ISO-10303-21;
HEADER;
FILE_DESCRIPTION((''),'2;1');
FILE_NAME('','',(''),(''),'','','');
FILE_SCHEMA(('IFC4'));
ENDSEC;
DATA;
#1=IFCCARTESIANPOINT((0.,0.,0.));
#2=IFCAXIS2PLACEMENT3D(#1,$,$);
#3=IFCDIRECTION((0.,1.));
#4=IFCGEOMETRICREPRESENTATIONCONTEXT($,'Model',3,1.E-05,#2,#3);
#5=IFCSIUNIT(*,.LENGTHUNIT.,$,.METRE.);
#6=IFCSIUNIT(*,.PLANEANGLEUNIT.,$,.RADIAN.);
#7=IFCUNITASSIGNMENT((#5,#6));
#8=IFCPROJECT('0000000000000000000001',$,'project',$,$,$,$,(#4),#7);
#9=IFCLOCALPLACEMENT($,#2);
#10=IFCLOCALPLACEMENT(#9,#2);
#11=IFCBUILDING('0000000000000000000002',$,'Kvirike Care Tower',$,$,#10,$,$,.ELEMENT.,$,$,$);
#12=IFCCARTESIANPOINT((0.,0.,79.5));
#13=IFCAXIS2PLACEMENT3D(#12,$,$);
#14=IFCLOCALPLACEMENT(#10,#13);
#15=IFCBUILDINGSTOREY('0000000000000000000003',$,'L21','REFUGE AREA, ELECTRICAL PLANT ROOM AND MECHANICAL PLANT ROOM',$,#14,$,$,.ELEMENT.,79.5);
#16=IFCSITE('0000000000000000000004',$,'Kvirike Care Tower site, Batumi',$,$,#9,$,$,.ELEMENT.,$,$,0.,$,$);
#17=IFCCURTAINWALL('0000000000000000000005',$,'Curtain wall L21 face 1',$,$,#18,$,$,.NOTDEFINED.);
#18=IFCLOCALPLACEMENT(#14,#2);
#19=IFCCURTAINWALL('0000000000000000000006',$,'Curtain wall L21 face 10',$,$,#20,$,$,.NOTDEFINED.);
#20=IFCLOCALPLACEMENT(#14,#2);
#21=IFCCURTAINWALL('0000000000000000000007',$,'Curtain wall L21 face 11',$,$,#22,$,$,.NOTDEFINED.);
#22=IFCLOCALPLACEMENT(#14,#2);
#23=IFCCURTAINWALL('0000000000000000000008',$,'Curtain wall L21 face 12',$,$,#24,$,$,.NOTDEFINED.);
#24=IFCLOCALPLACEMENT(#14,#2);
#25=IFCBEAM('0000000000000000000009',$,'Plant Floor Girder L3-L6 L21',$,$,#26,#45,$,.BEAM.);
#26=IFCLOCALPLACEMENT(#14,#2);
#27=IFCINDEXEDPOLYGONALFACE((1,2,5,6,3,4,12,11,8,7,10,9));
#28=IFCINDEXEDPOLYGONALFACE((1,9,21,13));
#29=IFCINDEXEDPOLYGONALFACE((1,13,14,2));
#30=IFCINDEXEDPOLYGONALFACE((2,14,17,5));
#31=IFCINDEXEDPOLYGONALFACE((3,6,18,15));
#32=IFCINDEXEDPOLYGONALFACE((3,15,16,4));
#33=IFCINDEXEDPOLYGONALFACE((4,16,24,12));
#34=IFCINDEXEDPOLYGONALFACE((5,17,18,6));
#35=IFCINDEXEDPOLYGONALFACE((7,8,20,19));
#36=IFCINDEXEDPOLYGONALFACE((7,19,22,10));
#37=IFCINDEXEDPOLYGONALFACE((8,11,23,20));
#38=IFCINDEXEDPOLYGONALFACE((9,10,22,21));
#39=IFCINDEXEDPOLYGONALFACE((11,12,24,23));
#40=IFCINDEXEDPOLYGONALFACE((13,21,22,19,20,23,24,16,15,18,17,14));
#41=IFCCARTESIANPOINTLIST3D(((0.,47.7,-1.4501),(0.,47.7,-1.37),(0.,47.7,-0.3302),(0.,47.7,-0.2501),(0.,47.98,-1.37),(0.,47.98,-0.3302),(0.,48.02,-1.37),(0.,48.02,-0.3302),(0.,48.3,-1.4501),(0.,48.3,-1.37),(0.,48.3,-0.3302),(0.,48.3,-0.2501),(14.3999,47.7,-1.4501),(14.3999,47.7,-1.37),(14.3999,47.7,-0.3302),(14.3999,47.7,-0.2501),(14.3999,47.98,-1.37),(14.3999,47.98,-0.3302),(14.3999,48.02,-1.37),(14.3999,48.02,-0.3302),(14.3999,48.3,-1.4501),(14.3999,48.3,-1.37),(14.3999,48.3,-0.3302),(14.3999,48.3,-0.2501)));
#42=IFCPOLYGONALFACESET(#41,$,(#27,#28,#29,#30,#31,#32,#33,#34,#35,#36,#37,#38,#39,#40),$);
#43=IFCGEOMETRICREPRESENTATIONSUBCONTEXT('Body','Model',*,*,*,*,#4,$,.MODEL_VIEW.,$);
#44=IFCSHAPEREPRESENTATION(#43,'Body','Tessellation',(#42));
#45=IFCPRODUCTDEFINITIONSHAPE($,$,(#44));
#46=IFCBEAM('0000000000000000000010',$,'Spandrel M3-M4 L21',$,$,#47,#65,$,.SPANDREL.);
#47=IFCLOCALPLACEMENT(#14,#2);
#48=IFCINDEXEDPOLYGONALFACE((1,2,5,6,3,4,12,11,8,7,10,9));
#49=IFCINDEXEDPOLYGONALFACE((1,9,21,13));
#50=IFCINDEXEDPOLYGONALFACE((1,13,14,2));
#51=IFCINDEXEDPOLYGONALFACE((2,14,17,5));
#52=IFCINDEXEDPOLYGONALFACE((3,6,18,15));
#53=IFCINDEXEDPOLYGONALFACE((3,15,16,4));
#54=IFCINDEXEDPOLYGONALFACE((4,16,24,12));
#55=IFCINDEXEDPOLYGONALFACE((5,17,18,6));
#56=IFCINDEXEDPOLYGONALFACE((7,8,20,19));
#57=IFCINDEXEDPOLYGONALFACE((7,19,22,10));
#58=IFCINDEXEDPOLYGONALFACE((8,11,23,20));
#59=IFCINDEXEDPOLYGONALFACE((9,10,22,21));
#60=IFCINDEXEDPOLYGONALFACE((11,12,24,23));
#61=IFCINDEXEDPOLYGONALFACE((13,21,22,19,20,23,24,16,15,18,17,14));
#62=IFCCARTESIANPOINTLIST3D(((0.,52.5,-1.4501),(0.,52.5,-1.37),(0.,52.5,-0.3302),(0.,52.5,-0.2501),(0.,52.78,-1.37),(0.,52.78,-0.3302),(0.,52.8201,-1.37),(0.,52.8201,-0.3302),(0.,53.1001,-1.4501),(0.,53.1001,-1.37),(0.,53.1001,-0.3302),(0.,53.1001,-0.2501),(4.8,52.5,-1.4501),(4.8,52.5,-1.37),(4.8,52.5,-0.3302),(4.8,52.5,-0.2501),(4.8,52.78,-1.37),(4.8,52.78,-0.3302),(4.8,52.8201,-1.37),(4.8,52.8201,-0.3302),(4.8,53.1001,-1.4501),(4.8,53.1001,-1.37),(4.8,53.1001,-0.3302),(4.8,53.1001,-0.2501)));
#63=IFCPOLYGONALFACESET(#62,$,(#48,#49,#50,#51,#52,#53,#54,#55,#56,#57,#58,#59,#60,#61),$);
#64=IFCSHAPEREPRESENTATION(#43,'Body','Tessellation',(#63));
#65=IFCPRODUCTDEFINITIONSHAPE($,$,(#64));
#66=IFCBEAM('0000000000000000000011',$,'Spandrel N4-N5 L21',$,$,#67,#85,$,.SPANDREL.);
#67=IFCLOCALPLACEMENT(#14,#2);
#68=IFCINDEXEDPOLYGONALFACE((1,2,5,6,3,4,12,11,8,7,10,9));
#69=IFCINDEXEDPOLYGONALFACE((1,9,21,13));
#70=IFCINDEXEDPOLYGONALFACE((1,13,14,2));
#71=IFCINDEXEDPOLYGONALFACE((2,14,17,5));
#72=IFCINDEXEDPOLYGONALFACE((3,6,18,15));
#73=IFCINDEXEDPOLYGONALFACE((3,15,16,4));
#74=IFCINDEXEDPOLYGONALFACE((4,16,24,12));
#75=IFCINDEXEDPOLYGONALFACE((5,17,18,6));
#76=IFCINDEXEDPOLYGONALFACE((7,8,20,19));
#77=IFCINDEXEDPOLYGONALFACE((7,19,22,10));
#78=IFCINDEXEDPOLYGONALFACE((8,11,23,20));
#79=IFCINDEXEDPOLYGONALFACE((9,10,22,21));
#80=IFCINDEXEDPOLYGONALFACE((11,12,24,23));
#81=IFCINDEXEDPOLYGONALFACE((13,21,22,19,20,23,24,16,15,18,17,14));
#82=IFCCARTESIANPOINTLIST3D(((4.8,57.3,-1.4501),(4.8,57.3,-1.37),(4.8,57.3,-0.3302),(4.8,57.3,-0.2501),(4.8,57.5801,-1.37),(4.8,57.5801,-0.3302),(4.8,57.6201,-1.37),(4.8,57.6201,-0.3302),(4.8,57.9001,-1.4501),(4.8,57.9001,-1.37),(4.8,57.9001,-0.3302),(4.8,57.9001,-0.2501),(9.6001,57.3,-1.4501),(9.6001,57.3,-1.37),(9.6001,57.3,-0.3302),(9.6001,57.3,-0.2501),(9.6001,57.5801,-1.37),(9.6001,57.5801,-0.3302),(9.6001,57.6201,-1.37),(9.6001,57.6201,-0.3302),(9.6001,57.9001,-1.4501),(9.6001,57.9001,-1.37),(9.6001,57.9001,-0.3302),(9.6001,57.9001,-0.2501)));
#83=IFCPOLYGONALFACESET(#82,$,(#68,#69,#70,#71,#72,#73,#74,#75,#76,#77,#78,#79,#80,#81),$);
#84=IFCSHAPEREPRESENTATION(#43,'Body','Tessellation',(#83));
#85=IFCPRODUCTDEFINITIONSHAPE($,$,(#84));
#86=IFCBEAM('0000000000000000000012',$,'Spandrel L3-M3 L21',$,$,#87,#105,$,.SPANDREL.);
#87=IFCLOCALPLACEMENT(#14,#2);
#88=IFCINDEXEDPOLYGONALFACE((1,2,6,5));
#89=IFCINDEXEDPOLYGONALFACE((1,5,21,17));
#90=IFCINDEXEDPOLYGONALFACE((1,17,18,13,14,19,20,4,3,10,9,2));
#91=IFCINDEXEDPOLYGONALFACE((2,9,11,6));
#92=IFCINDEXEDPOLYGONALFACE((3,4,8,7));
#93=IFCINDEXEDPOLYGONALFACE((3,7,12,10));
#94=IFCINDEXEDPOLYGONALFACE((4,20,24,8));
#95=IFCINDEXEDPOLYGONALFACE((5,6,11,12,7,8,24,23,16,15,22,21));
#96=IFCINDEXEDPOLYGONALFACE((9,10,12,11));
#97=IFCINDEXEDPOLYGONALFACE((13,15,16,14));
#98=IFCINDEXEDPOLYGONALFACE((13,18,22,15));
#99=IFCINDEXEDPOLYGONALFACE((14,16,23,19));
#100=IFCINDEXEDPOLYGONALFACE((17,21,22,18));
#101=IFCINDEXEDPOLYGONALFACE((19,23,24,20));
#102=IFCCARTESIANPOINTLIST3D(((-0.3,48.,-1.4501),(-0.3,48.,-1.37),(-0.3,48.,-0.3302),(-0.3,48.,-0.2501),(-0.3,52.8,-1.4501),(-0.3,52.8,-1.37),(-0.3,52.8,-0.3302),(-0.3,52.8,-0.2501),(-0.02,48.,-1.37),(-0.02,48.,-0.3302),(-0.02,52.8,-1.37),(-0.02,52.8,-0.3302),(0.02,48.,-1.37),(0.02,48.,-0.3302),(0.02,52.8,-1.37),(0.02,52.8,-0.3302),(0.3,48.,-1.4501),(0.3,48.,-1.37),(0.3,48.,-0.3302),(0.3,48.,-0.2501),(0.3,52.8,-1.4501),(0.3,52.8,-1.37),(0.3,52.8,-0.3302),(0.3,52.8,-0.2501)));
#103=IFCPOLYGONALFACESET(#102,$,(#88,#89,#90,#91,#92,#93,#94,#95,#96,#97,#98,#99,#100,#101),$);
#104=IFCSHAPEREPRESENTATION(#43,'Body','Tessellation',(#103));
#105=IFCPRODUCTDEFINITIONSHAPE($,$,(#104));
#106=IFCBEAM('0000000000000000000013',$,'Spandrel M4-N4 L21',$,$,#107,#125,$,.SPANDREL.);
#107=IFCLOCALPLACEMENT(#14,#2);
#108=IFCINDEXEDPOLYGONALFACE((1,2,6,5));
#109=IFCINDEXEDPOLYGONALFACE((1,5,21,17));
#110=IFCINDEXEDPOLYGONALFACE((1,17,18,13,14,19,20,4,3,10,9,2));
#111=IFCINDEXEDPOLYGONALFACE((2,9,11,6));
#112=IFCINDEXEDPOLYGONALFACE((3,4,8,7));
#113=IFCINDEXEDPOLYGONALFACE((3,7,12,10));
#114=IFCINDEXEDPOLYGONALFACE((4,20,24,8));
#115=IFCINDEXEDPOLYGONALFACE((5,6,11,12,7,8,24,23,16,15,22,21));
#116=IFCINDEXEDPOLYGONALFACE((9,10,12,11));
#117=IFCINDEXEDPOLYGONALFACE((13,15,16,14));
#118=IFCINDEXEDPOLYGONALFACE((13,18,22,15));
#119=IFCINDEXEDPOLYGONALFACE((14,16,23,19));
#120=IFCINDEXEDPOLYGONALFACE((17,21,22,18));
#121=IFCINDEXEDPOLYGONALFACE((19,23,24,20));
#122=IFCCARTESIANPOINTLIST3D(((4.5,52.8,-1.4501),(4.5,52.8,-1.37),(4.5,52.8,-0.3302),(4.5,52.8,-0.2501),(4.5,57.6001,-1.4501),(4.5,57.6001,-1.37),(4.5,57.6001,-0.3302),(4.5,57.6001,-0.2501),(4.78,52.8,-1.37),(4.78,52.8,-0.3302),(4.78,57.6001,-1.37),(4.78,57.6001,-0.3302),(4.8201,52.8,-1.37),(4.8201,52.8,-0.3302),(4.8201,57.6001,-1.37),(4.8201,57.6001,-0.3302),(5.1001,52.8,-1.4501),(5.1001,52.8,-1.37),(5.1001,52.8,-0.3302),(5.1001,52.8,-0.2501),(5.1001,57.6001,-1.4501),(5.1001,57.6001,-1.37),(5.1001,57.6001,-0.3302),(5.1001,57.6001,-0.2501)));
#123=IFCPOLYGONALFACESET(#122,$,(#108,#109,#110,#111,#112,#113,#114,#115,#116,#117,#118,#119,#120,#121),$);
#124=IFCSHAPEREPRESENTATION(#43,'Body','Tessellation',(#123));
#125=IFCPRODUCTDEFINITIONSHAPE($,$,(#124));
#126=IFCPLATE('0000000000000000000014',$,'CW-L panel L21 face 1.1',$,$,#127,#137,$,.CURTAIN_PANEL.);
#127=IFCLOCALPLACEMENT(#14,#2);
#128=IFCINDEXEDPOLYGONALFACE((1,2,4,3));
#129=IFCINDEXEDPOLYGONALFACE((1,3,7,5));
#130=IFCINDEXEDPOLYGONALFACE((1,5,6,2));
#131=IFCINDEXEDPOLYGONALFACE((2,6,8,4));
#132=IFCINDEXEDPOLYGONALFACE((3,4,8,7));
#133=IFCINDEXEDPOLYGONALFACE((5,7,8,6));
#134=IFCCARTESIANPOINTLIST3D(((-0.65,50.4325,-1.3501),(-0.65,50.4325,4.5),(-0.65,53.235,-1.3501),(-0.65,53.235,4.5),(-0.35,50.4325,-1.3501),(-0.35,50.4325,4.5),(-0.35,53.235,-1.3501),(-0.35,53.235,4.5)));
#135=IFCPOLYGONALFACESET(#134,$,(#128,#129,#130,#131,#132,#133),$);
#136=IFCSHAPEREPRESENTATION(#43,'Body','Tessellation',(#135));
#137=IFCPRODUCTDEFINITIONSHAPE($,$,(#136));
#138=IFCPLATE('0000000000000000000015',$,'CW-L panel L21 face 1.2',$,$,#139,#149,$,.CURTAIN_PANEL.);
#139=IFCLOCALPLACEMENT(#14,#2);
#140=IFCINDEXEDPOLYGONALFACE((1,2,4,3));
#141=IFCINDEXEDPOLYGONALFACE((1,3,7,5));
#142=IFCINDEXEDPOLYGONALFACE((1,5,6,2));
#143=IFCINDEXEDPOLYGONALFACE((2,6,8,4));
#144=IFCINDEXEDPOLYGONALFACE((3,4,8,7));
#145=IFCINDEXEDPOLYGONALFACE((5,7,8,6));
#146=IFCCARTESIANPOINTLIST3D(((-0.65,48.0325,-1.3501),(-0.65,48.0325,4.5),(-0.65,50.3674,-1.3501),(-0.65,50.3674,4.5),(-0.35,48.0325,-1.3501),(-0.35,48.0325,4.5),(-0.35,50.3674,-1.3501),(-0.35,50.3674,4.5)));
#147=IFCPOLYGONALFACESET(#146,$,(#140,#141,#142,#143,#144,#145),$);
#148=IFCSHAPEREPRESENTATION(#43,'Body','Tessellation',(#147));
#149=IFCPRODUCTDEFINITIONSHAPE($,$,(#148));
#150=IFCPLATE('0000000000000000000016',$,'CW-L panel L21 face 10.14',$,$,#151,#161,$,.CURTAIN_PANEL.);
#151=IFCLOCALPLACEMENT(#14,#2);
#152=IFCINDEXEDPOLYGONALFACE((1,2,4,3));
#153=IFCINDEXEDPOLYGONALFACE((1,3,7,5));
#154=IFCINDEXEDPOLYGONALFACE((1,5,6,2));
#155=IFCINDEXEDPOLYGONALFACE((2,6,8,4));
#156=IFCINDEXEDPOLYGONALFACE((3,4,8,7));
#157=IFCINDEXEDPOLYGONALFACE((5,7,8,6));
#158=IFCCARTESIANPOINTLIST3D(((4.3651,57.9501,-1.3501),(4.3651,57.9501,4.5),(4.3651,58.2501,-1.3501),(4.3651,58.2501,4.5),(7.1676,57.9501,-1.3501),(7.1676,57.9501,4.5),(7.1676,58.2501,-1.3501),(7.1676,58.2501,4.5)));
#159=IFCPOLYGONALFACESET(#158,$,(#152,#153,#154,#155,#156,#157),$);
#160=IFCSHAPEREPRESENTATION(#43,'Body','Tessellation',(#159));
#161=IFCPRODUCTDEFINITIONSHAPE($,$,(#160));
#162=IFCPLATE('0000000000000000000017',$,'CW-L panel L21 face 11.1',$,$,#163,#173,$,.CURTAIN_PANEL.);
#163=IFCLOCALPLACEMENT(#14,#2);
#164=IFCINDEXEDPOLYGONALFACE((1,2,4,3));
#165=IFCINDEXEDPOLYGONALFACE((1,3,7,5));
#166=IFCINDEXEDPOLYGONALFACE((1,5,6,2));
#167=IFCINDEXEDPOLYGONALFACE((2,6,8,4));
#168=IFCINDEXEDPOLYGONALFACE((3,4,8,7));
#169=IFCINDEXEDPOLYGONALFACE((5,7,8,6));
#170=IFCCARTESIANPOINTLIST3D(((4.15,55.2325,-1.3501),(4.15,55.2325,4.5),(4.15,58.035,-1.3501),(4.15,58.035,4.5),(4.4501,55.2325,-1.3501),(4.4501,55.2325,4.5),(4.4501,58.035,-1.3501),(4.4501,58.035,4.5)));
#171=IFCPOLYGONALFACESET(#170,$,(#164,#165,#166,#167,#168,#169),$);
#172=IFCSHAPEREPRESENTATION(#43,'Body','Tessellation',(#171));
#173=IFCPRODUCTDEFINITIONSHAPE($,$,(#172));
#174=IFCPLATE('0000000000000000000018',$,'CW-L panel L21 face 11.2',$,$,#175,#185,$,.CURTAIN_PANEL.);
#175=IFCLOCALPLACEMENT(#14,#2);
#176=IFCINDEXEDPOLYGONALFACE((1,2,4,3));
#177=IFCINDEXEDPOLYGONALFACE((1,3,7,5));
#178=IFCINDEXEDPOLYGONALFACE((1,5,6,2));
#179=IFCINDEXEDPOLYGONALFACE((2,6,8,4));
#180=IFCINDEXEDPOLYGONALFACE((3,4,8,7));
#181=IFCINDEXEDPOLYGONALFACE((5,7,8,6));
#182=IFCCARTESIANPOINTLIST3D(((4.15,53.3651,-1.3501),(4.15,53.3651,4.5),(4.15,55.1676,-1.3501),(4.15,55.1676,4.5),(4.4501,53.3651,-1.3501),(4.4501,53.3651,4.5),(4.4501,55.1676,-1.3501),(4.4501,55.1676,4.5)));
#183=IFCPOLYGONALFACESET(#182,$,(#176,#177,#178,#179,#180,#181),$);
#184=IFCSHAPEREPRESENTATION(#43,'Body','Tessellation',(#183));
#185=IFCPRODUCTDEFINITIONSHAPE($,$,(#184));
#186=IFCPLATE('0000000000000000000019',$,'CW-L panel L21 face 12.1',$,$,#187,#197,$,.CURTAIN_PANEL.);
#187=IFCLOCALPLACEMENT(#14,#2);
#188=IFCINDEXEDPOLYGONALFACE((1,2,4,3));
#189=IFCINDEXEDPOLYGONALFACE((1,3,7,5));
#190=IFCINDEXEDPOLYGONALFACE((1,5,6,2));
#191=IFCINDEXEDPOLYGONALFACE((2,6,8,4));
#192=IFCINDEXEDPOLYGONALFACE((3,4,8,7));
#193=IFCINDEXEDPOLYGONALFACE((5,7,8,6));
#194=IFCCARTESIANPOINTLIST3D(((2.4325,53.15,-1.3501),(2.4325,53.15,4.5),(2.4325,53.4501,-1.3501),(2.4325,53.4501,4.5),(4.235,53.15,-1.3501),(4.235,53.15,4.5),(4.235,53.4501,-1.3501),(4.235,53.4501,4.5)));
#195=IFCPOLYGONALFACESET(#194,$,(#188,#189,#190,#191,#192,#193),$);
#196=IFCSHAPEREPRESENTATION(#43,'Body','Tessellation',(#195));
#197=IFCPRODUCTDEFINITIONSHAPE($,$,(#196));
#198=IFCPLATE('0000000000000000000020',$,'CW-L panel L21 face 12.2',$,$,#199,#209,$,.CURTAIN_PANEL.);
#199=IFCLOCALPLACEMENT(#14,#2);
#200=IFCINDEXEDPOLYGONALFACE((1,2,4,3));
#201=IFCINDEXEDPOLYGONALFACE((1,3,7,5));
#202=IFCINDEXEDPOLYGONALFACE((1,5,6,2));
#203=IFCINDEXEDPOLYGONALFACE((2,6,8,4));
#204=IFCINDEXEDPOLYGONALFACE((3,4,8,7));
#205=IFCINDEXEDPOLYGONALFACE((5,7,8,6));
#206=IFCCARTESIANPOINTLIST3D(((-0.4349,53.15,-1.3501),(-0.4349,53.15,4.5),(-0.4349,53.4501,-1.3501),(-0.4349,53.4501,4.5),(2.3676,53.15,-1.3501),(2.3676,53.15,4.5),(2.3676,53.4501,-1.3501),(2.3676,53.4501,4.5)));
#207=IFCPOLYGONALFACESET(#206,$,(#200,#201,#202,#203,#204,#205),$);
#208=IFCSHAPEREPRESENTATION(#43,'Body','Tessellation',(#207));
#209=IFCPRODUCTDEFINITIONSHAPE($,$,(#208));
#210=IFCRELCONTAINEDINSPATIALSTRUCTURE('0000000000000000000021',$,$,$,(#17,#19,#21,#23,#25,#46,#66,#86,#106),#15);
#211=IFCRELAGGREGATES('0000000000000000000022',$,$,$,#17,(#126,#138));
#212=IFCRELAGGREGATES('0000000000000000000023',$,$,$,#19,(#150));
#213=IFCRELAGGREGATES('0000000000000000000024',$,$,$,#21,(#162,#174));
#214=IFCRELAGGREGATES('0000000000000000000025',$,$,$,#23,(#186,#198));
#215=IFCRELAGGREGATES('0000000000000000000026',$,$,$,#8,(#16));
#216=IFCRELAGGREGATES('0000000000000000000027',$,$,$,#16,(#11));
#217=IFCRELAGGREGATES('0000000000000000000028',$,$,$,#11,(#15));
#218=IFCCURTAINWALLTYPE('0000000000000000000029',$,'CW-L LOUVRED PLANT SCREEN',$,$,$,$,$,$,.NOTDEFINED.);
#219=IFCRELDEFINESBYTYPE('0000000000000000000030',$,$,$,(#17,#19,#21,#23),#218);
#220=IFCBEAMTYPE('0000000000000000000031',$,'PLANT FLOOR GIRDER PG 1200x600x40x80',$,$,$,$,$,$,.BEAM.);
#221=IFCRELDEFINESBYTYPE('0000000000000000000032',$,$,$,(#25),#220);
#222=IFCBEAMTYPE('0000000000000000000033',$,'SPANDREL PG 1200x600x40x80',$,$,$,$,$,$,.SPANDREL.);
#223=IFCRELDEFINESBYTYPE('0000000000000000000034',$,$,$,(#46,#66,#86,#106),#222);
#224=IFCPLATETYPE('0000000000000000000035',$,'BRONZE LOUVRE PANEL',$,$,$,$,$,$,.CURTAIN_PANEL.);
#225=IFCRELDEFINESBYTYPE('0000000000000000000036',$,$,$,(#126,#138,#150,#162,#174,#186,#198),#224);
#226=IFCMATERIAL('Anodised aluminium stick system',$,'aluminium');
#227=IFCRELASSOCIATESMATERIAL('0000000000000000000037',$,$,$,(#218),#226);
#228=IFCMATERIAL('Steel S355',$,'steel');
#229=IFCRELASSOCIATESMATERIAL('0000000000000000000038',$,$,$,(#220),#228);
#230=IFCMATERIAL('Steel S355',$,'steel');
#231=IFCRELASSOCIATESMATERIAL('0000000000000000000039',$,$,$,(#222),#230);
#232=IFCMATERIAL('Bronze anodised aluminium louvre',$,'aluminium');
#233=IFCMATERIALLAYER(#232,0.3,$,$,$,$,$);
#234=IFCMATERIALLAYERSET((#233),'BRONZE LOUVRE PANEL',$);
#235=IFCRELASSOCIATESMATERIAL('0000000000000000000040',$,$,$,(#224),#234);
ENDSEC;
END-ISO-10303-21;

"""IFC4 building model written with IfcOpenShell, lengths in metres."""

from ifc_helpers import new_model, si_unit, direction, frame, origin, origin_2d, place, context, subcontext, project, spatial, rectangle, i_section, extrude, material, layer, layer_set, material_profile, profile_set, type_object, element, aggregate, save


model = new_model("IFC4")

# Units and contexts
model_context = context("Model", 3, precision=1e-05, world=origin(), true_north=direction((0.0, 1.0)))
body_context = subcontext(model_context, "Body", "Model", "MODEL_VIEW")
ifc_project = project(units=[si_unit("LENGTHUNIT", "METRE"), si_unit("PLANEANGLEUNIT", "RADIAN")], contexts=[model_context])

# Site, building, storey
site_placement = place(None, origin())
site = spatial("IfcSite", under=ifc_project, at=site_placement, Name="Kvirike Care Tower site, Batumi", CompositionType="ELEMENT", RefElevation=0.0)
building_placement = place(site_placement, origin())
building = spatial("IfcBuilding", under=site, at=building_placement, Name="Kvirike Care Tower", CompositionType="ELEMENT")
storey_placement = place(building_placement, frame((0.0, 0.0, 79.5)))
storey = spatial("IfcBuildingStorey", under=building, at=storey_placement, Name="L21", Description="REFUGE AREA, ELECTRICAL PLANT ROOM AND MECHANICAL PLANT ROOM", CompositionType="ELEMENT", Elevation=79.5)

# Curtain wall
ifc_material_1 = material(Name="Anodised aluminium stick system", Category="aluminium")
curtain_wall_type = type_object("IfcCurtainWallType", Name="CW-L LOUVRED PLANT SCREEN", PredefinedType="NOTDEFINED", material=ifc_material_1)
curtain_wall_1_placement = place(storey_placement, origin())
curtain_wall_1 = element("IfcCurtainWall", 1, at=curtain_wall_1_placement, inside=storey, type_object=curtain_wall_type, Name="Curtain wall L21 face 1", PredefinedType="NOTDEFINED")

# Curtain wall
curtain_wall_2_placement = place(storey_placement, origin())
curtain_wall_2 = element("IfcCurtainWall", 2, at=curtain_wall_2_placement, inside=storey, type_object=curtain_wall_type, Name="Curtain wall L21 face 10", PredefinedType="NOTDEFINED")

# Curtain walls
curtain_wall_3_placement = place(storey_placement, origin())
curtain_wall_3 = element("IfcCurtainWall", 3, at=curtain_wall_3_placement, inside=storey, type_object=curtain_wall_type, Name="Curtain wall L21 face 11", PredefinedType="NOTDEFINED")
curtain_wall_4_placement = place(storey_placement, origin())
curtain_wall_4 = element("IfcCurtainWall", 4, at=curtain_wall_4_placement, inside=storey, type_object=curtain_wall_type, Name="Curtain wall L21 face 12", PredefinedType="NOTDEFINED")

# Beams
ifc_material_2 = material(Name="Steel S355", Category="steel")
ifc_material_profile_1 = material_profile(ifc_material_2, i_section(OverallWidth=0.6001, OverallDepth=1.2, WebThickness=0.04, FlangeThickness=0.0801, at=origin_2d()), Name="PG 1200x600x40x80")
ifc_profile_set_1 = profile_set([ifc_material_profile_1], Name="Steel S355")
beam_type_1 = type_object("IfcBeamType", Name="PLANT FLOOR GIRDER PG 1200x600x40x80", PredefinedType="BEAM", material=ifc_profile_set_1)
beam_1_placement = place(storey_placement, frame((0.0, 48.0, -0.8501), z_axis=(1.0, 0.0, 0.0), x_axis=(0.0, 1.0, 0.0)))
element("IfcBeam", 5, at=beam_1_placement, inside=storey, type_object=beam_type_1, Name="Plant Floor Girder L3-L6 L21", PredefinedType="BEAM", context=body_context, shape_type="SweptSolid", body=[
    extrude(i_section(OverallWidth=0.6001, OverallDepth=1.2, WebThickness=0.04, FlangeThickness=0.0801, at=origin_2d()), origin(), (0.0, 0.0, 1.0), 14.3999),
])
ifc_material_3 = material(Name="Steel S355", Category="steel")
ifc_material_profile_2 = material_profile(ifc_material_3, i_section(OverallWidth=0.6001, OverallDepth=1.2, WebThickness=0.04, FlangeThickness=0.0801, at=origin_2d()), Name="PG 1200x600x40x80")
ifc_profile_set_2 = profile_set([ifc_material_profile_2], Name="Steel S355")
beam_type_2 = type_object("IfcBeamType", Name="SPANDREL PG 1200x600x40x80", PredefinedType="SPANDREL", material=ifc_profile_set_2)
for number, where, z_axis, x_axis, name in (
    (6, (0.0, 52.8, -0.8501), (1.0, 0.0, 0.0), (0.0, 1.0, 0.0), "Spandrel M3-M4 L21"),
    (7, (4.8, 57.6001, -0.8501), (1.0, 0.0, 0.0), (0.0, 1.0, 0.0), "Spandrel N4-N5 L21"),
    (8, (0.0, 48.0, -0.8501), (0.0, 1.0, 0.0), (-1.0, 0.0, 0.0), "Spandrel L3-M3 L21"),
    (9, (4.8, 52.8, -0.8501), (0.0, 1.0, 0.0), (-1.0, 0.0, 0.0), "Spandrel M4-N4 L21"),
):
    element("IfcBeam", number, at=place(storey_placement, frame(where, z_axis=z_axis, x_axis=x_axis)), inside=storey, type_object=beam_type_2, Name=name, PredefinedType="SPANDREL", context=body_context, shape_type="SweptSolid", body=[
        extrude(i_section(OverallWidth=0.6001, OverallDepth=1.2, WebThickness=0.04, FlangeThickness=0.0801, at=origin_2d()), origin(), (0.0, 0.0, 1.0), 4.8),
    ])

# Plates
ifc_material_4 = material(Name="Bronze anodised aluminium louvre", Category="aluminium")
ifc_layer = layer(ifc_material_4, 0.3)
ifc_layer_set = layer_set([ifc_layer], Name="BRONZE LOUVRE PANEL")
plate_type = type_object("IfcPlateType", Name="BRONZE LOUVRE PANEL", PredefinedType="CURTAIN_PANEL", material=ifc_layer_set)
plate_1_placement = place(storey_placement, frame((-0.5, 51.8337, -1.3501), z_axis=(0.0, 0.0, 1.0), x_axis=(0.0, -1.0, 0.0)))
plate_1 = element("IfcPlate", 10, at=plate_1_placement, type_object=plate_type, Name="CW-L panel L21 face 1.1", PredefinedType="CURTAIN_PANEL", context=body_context, shape_type="SweptSolid", body=[
    extrude(rectangle(XDim=2.8025, YDim=0.3, at=origin_2d()), origin(), (0.0, 0.0, 1.0), 5.8501),
])
plate_2_placement = place(storey_placement, frame((-0.5, 49.2, -1.3501), z_axis=(0.0, 0.0, 1.0), x_axis=(0.0, -1.0, 0.0)))
plate_2 = element("IfcPlate", 11, at=plate_2_placement, type_object=plate_type, Name="CW-L panel L21 face 1.2", PredefinedType="CURTAIN_PANEL", context=body_context, shape_type="SweptSolid", body=[
    extrude(rectangle(XDim=2.335, YDim=0.3, at=origin_2d()), origin(), (0.0, 0.0, 1.0), 5.8501),
])
aggregate(curtain_wall_1, [plate_1, plate_2])
plate_3_placement = place(storey_placement, frame((5.7664, 58.1001, -1.3501), z_axis=(0.0, 0.0, 1.0), x_axis=(-1.0, 0.0, 0.0)))
plate_3 = element("IfcPlate", 12, at=plate_3_placement, type_object=plate_type, Name="CW-L panel L21 face 10.14", PredefinedType="CURTAIN_PANEL", context=body_context, shape_type="SweptSolid", body=[
    extrude(rectangle(XDim=2.8025, YDim=0.3, at=origin_2d()), origin(), (0.0, 0.0, 1.0), 5.8501),
])
aggregate(curtain_wall_2, [plate_3])
plate_4_placement = place(storey_placement, frame((4.3, 56.6338, -1.3501), z_axis=(0.0, 0.0, 1.0), x_axis=(0.0, -1.0, 0.0)))
plate_4 = element("IfcPlate", 13, at=plate_4_placement, type_object=plate_type, Name="CW-L panel L21 face 11.1", PredefinedType="CURTAIN_PANEL", context=body_context, shape_type="SweptSolid", body=[
    extrude(rectangle(XDim=2.8025, YDim=0.3, at=origin_2d()), origin(), (0.0, 0.0, 1.0), 5.8501),
])
plate_5_placement = place(storey_placement, frame((4.3, 54.2664, -1.3501), z_axis=(0.0, 0.0, 1.0), x_axis=(0.0, -1.0, 0.0)))
plate_5 = element("IfcPlate", 14, at=plate_5_placement, type_object=plate_type, Name="CW-L panel L21 face 11.2", PredefinedType="CURTAIN_PANEL", context=body_context, shape_type="SweptSolid", body=[
    extrude(rectangle(XDim=1.8025, YDim=0.3, at=origin_2d()), origin(), (0.0, 0.0, 1.0), 5.8501),
])
aggregate(curtain_wall_3, [plate_4, plate_5])
plate_6_placement = place(storey_placement, frame((3.3337, 53.3, -1.3501), z_axis=(0.0, 0.0, 1.0), x_axis=(-1.0, 0.0, 0.0)))
plate_6 = element("IfcPlate", 15, at=plate_6_placement, type_object=plate_type, Name="CW-L panel L21 face 12.1", PredefinedType="CURTAIN_PANEL", context=body_context, shape_type="SweptSolid", body=[
    extrude(rectangle(XDim=1.8025, YDim=0.3, at=origin_2d()), origin(), (0.0, 0.0, 1.0), 5.8501),
])
plate_7_placement = place(storey_placement, frame((0.9663, 53.3, -1.3501), z_axis=(0.0, 0.0, 1.0), x_axis=(-1.0, 0.0, 0.0)))
plate_7 = element("IfcPlate", 16, at=plate_7_placement, type_object=plate_type, Name="CW-L panel L21 face 12.2", PredefinedType="CURTAIN_PANEL", context=body_context, shape_type="SweptSolid", body=[
    extrude(rectangle(XDim=2.8025, YDim=0.3, at=origin_2d()), origin(), (0.0, 0.0, 1.0), 5.8501),
])
aggregate(curtain_wall_4, [plate_6, plate_7])

save(model, "model.ifc")
